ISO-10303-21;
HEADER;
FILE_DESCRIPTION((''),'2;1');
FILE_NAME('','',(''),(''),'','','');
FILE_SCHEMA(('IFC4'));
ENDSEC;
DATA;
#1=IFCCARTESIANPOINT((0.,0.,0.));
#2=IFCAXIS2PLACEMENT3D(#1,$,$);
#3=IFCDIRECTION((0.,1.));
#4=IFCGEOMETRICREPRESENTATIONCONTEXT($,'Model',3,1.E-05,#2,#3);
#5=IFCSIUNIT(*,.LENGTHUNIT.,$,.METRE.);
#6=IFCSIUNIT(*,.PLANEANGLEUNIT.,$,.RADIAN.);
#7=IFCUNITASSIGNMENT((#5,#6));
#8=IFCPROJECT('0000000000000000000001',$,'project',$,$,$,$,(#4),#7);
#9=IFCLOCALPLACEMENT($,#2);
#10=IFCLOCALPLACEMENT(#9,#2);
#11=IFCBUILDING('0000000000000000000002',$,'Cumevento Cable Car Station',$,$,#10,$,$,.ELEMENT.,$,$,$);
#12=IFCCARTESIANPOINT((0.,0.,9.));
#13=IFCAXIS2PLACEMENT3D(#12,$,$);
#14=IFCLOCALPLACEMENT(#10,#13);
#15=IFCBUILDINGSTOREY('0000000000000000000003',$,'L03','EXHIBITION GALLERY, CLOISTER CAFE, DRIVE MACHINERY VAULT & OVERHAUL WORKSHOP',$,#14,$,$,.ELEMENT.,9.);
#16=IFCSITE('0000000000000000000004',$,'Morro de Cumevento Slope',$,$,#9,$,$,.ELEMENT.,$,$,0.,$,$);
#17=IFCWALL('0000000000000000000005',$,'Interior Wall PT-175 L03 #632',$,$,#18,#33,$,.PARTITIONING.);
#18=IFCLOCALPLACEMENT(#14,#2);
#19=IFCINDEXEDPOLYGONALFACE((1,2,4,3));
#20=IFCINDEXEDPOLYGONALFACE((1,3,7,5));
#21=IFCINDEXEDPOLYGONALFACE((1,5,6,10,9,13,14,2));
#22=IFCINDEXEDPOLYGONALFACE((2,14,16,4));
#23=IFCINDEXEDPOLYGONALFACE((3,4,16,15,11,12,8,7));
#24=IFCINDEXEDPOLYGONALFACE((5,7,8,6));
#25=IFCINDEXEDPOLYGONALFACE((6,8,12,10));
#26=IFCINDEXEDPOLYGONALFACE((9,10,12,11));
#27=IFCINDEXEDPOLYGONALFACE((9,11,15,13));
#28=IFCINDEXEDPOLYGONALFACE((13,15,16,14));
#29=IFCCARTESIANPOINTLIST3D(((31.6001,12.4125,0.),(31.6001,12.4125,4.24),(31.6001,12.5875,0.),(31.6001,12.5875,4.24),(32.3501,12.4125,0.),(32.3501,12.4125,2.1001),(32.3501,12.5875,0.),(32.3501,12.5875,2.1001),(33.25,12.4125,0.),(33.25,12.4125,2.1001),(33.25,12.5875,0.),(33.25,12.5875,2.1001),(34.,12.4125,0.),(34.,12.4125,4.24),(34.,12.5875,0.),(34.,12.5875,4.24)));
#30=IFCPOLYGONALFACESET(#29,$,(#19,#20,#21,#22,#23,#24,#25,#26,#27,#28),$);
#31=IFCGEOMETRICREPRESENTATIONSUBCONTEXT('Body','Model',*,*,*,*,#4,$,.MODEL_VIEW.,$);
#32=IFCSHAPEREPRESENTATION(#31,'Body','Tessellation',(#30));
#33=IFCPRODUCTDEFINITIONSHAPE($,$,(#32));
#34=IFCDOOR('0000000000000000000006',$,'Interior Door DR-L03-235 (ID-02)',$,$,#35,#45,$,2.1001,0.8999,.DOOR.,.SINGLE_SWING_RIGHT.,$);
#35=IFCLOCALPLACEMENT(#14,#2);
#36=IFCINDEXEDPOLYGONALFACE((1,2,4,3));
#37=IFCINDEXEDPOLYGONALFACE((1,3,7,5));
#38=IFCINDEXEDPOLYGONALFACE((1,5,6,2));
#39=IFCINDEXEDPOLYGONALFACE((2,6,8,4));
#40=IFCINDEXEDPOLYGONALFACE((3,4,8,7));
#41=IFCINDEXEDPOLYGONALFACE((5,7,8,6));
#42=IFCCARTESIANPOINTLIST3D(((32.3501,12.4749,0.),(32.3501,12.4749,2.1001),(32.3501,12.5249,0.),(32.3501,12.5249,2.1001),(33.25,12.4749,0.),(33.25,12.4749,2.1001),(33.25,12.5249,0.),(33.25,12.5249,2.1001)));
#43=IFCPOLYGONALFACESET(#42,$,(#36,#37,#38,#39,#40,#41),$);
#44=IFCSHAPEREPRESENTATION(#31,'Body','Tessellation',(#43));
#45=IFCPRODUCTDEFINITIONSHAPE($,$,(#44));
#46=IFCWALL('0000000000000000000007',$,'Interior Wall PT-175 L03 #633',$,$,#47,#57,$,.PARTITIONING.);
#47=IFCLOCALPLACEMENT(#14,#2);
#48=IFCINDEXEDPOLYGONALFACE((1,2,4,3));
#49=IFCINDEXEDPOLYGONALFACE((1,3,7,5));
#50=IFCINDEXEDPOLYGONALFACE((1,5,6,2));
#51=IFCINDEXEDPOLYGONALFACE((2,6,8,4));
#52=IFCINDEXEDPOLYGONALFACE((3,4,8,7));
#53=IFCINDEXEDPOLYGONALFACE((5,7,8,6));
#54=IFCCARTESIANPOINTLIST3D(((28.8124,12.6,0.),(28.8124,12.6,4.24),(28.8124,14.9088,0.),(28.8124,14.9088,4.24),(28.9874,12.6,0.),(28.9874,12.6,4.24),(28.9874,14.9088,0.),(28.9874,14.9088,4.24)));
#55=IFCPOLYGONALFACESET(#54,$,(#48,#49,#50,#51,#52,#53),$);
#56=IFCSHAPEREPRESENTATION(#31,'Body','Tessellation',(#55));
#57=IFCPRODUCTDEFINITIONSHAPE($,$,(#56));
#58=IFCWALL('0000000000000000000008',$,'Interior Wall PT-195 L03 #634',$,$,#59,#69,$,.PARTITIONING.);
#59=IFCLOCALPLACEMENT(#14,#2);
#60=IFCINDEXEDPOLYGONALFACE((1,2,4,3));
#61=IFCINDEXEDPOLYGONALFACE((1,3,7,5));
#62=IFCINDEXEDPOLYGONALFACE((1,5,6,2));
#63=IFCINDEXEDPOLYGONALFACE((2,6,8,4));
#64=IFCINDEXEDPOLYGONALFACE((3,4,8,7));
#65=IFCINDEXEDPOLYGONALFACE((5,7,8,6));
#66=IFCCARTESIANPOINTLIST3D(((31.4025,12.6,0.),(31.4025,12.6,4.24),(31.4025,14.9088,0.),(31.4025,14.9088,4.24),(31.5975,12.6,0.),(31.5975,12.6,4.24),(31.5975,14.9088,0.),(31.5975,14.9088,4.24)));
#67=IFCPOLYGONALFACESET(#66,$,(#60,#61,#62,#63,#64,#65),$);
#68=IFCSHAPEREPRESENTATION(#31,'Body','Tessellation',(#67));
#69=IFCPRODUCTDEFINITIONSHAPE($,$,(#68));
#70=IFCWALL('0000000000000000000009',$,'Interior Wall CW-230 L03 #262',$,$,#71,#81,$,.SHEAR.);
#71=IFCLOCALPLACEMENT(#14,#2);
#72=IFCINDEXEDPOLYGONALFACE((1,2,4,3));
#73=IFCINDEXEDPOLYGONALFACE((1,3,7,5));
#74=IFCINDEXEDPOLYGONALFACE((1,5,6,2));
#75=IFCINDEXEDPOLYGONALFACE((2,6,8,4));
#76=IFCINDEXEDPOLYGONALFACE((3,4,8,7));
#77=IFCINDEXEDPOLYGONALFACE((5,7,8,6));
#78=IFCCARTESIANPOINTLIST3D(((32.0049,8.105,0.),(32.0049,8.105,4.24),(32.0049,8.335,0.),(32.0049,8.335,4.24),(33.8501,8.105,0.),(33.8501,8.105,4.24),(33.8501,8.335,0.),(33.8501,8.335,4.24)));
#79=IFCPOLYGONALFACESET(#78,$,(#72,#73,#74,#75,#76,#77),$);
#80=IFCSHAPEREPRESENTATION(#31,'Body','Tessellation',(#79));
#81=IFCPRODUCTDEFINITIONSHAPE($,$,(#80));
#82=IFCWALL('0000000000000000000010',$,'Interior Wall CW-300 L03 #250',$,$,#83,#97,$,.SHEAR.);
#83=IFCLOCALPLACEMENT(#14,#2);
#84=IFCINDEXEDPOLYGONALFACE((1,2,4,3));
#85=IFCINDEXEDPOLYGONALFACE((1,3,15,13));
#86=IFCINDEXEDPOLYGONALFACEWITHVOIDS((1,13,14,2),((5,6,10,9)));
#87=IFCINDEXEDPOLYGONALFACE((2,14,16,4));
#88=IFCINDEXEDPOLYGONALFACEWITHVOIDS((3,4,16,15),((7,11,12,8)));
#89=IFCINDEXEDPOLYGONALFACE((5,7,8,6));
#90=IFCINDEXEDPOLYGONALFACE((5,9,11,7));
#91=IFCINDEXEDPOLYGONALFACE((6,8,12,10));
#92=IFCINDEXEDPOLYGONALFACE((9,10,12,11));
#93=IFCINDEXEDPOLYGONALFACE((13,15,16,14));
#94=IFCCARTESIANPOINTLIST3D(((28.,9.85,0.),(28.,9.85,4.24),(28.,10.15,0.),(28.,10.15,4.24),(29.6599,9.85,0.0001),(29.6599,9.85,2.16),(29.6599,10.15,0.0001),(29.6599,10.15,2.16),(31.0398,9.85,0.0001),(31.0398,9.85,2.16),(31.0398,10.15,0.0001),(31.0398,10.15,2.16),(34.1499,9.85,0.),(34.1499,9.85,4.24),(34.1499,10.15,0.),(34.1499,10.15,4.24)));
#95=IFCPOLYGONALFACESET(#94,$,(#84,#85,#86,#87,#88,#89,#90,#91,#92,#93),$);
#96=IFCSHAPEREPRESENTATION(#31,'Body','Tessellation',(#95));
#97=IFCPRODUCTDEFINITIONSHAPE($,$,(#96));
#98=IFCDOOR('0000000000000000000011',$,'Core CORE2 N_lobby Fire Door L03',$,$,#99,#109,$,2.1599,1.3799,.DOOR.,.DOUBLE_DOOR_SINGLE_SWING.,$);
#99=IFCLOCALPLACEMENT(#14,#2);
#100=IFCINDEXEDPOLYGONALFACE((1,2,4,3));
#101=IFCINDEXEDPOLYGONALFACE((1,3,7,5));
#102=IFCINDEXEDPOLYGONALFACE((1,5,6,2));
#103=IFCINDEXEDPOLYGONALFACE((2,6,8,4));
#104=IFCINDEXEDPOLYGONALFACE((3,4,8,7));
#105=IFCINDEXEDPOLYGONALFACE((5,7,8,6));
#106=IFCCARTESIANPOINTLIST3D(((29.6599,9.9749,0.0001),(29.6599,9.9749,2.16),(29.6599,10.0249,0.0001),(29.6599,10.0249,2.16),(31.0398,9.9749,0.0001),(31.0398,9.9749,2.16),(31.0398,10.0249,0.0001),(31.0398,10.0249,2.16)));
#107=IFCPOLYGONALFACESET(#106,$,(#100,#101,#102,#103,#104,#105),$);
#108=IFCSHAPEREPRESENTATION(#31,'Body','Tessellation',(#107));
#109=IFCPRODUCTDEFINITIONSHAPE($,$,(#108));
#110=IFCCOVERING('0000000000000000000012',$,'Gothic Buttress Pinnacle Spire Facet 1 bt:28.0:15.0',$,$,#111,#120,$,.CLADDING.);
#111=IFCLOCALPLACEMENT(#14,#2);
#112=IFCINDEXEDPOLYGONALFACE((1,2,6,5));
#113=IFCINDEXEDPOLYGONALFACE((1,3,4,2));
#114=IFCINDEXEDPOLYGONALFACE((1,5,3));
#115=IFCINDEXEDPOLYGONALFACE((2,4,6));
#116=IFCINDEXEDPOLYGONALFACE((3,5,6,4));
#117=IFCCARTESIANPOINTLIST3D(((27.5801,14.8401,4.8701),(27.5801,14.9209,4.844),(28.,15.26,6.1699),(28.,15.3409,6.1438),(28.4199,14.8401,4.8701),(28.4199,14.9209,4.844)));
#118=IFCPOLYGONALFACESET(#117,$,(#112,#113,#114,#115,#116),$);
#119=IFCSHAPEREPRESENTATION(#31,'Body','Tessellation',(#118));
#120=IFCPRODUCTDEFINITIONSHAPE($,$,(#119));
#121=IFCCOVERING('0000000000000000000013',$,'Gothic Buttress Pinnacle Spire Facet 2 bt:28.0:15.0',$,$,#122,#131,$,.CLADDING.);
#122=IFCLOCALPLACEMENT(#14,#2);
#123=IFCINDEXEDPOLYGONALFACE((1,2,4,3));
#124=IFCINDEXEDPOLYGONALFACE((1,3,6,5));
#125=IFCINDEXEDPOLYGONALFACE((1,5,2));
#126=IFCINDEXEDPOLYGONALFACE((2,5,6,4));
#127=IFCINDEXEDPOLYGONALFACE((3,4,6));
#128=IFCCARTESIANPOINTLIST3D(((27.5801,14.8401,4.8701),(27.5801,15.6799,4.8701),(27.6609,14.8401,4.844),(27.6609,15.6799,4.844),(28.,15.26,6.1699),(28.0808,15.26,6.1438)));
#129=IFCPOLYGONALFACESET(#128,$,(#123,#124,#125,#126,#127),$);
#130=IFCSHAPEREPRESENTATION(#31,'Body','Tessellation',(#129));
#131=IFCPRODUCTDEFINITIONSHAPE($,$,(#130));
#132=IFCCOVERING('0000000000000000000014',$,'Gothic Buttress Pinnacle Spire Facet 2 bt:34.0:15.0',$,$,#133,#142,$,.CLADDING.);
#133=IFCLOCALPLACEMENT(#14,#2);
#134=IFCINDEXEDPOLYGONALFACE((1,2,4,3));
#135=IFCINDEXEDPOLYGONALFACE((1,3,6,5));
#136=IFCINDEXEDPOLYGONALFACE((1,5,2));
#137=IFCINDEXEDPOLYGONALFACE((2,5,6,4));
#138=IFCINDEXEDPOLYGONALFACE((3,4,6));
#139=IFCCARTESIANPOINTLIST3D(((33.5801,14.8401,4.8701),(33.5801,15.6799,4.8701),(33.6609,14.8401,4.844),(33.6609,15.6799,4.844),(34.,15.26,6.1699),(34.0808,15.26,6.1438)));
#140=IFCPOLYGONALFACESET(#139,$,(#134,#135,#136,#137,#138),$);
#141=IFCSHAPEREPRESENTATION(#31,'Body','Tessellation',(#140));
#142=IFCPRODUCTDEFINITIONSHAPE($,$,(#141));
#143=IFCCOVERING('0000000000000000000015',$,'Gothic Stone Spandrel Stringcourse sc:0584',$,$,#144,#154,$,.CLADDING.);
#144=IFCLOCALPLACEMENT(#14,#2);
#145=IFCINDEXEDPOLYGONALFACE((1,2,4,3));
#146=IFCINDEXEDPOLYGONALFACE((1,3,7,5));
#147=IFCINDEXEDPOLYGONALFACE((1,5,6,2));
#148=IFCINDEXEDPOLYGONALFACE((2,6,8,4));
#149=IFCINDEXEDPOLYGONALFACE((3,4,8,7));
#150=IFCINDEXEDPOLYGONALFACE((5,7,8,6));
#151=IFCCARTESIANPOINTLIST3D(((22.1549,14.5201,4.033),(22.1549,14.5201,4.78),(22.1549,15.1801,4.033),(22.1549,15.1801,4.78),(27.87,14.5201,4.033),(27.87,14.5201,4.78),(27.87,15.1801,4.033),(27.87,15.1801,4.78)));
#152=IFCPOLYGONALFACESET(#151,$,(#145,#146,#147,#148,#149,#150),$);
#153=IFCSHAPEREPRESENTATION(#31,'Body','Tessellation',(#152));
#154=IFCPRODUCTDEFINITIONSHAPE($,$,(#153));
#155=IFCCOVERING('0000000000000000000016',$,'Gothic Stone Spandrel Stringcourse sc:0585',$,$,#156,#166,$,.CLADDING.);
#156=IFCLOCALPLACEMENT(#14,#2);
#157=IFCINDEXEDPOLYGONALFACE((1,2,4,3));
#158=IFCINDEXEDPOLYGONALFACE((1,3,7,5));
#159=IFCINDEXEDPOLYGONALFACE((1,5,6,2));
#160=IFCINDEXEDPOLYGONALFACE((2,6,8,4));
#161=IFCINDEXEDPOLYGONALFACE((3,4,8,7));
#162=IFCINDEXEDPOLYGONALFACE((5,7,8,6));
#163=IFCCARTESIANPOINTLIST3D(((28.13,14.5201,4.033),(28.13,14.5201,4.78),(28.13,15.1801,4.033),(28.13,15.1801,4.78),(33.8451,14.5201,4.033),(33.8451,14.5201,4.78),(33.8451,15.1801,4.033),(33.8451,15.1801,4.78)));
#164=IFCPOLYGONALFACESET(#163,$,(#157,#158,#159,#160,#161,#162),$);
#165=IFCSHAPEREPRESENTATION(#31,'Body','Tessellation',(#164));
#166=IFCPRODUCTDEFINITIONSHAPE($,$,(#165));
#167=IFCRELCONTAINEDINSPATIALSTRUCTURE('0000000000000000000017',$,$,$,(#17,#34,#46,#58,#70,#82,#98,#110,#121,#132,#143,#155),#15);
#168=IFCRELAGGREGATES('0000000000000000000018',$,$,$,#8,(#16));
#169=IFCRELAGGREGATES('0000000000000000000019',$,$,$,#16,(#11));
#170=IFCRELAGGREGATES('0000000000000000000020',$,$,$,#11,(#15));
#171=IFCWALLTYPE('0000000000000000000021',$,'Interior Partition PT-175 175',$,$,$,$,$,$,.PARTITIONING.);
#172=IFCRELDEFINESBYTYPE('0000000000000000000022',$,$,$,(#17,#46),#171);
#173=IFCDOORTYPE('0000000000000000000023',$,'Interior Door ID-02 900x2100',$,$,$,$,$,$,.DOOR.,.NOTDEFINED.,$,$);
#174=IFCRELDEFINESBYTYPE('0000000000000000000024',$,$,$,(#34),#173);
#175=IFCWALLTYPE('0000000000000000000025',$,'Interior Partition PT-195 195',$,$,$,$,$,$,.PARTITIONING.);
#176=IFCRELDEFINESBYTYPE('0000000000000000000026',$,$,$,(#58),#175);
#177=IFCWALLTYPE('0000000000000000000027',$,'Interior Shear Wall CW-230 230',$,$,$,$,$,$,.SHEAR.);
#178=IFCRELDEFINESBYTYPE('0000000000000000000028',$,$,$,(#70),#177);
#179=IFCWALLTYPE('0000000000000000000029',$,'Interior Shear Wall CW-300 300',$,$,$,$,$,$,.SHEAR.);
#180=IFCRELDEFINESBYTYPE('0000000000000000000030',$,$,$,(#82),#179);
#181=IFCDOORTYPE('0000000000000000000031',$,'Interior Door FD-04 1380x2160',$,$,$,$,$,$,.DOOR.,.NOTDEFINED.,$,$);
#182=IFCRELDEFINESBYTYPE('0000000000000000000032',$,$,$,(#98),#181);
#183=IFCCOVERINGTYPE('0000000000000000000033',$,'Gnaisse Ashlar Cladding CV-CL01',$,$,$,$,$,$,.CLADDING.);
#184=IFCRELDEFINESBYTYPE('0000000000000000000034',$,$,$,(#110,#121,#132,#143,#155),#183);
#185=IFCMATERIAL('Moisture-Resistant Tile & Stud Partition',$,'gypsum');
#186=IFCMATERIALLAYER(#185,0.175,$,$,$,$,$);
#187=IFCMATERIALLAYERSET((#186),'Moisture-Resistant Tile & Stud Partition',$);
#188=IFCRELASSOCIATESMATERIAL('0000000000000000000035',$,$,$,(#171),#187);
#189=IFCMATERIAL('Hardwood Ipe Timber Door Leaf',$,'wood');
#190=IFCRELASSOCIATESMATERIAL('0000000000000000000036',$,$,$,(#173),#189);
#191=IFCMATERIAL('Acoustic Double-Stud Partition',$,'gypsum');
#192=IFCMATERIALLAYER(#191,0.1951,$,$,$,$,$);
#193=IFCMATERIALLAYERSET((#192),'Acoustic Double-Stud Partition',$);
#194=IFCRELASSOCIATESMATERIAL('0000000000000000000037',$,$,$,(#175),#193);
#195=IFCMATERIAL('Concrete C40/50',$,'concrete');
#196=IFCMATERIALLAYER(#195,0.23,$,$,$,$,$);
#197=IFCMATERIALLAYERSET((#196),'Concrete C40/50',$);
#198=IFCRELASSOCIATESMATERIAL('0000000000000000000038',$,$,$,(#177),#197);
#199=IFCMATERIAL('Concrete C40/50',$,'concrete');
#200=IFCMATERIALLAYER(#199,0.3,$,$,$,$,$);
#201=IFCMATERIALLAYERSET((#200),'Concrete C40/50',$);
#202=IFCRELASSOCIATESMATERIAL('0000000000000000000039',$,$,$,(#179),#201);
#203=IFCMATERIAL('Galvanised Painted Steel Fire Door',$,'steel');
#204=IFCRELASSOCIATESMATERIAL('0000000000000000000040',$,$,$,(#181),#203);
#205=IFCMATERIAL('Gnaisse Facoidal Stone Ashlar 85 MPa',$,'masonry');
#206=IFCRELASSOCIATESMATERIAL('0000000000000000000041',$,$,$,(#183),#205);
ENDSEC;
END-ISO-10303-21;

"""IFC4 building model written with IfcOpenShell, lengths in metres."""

from ifc_helpers import new_model, si_unit, direction, frame, frame_2d, origin, origin_2d, place, context, subcontext, project, spatial, polyline, rectangle, outline, extrude, material, layer, layer_set, type_object, element, fill, save


model = new_model("IFC4")

# Units and contexts
model_context = context("Model", 3, precision=1e-05, world=origin(), true_north=direction((0.0, 1.0)))
body_context = subcontext(model_context, "Body", "Model", "MODEL_VIEW")
ifc_project = project(units=[si_unit("LENGTHUNIT", "METRE"), si_unit("PLANEANGLEUNIT", "RADIAN")], contexts=[model_context])

# Site, building, storey
site_placement = place(None, origin())
site = spatial("IfcSite", under=ifc_project, at=site_placement, Name="Morro de Cumevento Slope", CompositionType="ELEMENT", RefElevation=0.0)
building_placement = place(site_placement, origin())
building = spatial("IfcBuilding", under=site, at=building_placement, Name="Cumevento Cable Car Station", CompositionType="ELEMENT")
storey_placement = place(building_placement, frame((0.0, 0.0, 9.0)))
storey = spatial("IfcBuildingStorey", under=building, at=storey_placement, Name="L03", Description="EXHIBITION GALLERY, CLOISTER CAFE, DRIVE MACHINERY VAULT & OVERHAUL WORKSHOP", CompositionType="ELEMENT", Elevation=9.0)

# Wall, opening, door
ifc_material_1 = material(Name="Moisture-Resistant Tile & Stud Partition", Category="gypsum")
ifc_layer_1 = layer(ifc_material_1, 0.175)
ifc_layer_set_1 = layer_set([ifc_layer_1], Name="Moisture-Resistant Tile & Stud Partition")
wall_type_1 = type_object("IfcWallType", Name="Interior Partition PT-175 175", PredefinedType="PARTITIONING", material=ifc_layer_set_1)
wall_1_placement = place(storey_placement, frame((31.6001, 12.5, 0.0), z_axis=(0.0, 0.0, 1.0), x_axis=(1.0, 0.0, 0.0)))
wall_1 = element("IfcWall", 1, at=wall_1_placement, inside=storey, type_object=wall_type_1, Name="Interior Wall PT-175 L03 #632", PredefinedType="PARTITIONING", context=body_context, shape_type="SweptSolid", body=[
    extrude(rectangle(XDim=2.3999, YDim=0.175, at=frame_2d((1.2, 0.0))), origin(), (0.0, 0.0, 1.0), 4.24),
])
opening_1_placement = place(wall_1_placement, frame((0.75, 0.0, 0.0)))
opening_1 = element("IfcOpeningElement", 2, at=opening_1_placement, cuts=wall_1, PredefinedType="OPENING", context=body_context, shape_type="SweptSolid", body=[
    extrude(rectangle(XDim=0.8999, YDim=2.1001, at=frame_2d((0.45, 1.05))), frame((0.0, 0.0974, 0.0), z_axis=(0.0, -1.0, 0.0), x_axis=(1.0, 0.0, 0.0)), (0.0, 0.0, 1.0), 0.1951),
])
ifc_material_2 = material(Name="Hardwood Ipe Timber Door Leaf", Category="wood")
door_type_1 = type_object("IfcDoorType", Name="Interior Door ID-02 900x2100", OperationType="NOTDEFINED", PredefinedType="DOOR", material=ifc_material_2)
door_1_placement = place(opening_1_placement, origin())
door_1 = element("IfcDoor", 3, at=door_1_placement, inside=storey, type_object=door_type_1, Name="Interior Door DR-L03-235 (ID-02)", OperationType="SINGLE_SWING_RIGHT", OverallHeight=2.1001, OverallWidth=0.8999, PredefinedType="DOOR", context=body_context, shape_type="SweptSolid", body=[
    extrude(rectangle(XDim=0.8999, YDim=2.1001, at=frame_2d((0.45, 1.05))), frame((0.0, 0.0249, 0.0), z_axis=(0.0, -1.0, 0.0), x_axis=(1.0, 0.0, 0.0)), (0.0, 0.0, 1.0), 0.05),
])
fill(opening_1, door_1)

# Walls
wall_2_placement = place(storey_placement, frame((28.8999, 12.6001, 0.0), z_axis=(0.0, 0.0, 1.0), x_axis=(0.0, 1.0, 0.0)))
element("IfcWall", 4, at=wall_2_placement, inside=storey, type_object=wall_type_1, Name="Interior Wall PT-175 L03 #633", PredefinedType="PARTITIONING", context=body_context, shape_type="SweptSolid", body=[
    extrude(rectangle(XDim=2.3088, YDim=0.175, at=frame_2d((1.1543, 0.0))), origin(), (0.0, 0.0, 1.0), 4.24),
])
ifc_material_3 = material(Name="Acoustic Double-Stud Partition", Category="gypsum")
ifc_layer_2 = layer(ifc_material_3, 0.1951)
ifc_layer_set_2 = layer_set([ifc_layer_2], Name="Acoustic Double-Stud Partition")
wall_type_2 = type_object("IfcWallType", Name="Interior Partition PT-195 195", PredefinedType="PARTITIONING", material=ifc_layer_set_2)
wall_3_placement = place(storey_placement, frame((31.5, 12.6001, 0.0), z_axis=(0.0, 0.0, 1.0), x_axis=(0.0, 1.0, 0.0)))
element("IfcWall", 5, at=wall_3_placement, inside=storey, type_object=wall_type_2, Name="Interior Wall PT-195 L03 #634", PredefinedType="PARTITIONING", context=body_context, shape_type="SweptSolid", body=[
    extrude(rectangle(XDim=2.3088, YDim=0.1951, at=frame_2d((1.1543, 0.0))), origin(), (0.0, 0.0, 1.0), 4.24),
])
ifc_material_4 = material(Name="Concrete C40/50", Category="concrete")
ifc_layer_3 = layer(ifc_material_4, 0.23)
ifc_layer_set_3 = layer_set([ifc_layer_3], Name="Concrete C40/50")
wall_type_3 = type_object("IfcWallType", Name="Interior Shear Wall CW-230 230", PredefinedType="SHEAR", material=ifc_layer_set_3)
wall_4_placement = place(storey_placement, frame((32.0049, 8.22, 0.0), z_axis=(0.0, 0.0, 1.0), x_axis=(1.0, 0.0, 0.0)))
element("IfcWall", 6, at=wall_4_placement, inside=storey, type_object=wall_type_3, Name="Interior Wall CW-230 L03 #262", PredefinedType="SHEAR", context=body_context, shape_type="SweptSolid", body=[
    extrude(rectangle(XDim=1.8452, YDim=0.23, at=frame_2d((0.9226, 0.0))), origin(), (0.0, 0.0, 1.0), 4.24),
])

# Wall, opening, door
ifc_material_5 = material(Name="Concrete C40/50", Category="concrete")
ifc_layer_4 = layer(ifc_material_5, 0.3)
ifc_layer_set_4 = layer_set([ifc_layer_4], Name="Concrete C40/50")
wall_type_4 = type_object("IfcWallType", Name="Interior Shear Wall CW-300 300", PredefinedType="SHEAR", material=ifc_layer_set_4)
wall_5_placement = place(storey_placement, frame((28.0, 10.0, 0.0), z_axis=(0.0, 0.0, 1.0), x_axis=(1.0, 0.0, 0.0)))
wall_5 = element("IfcWall", 7, at=wall_5_placement, inside=storey, type_object=wall_type_4, Name="Interior Wall CW-300 L03 #250", PredefinedType="SHEAR", context=body_context, shape_type="SweptSolid", body=[
    extrude(rectangle(XDim=6.1499, YDim=0.3, at=frame_2d((3.075, 0.0))), origin(), (0.0, 0.0, 1.0), 4.24),
])
opening_2_placement = place(wall_5_placement, frame((1.6599, 0.0, 0.0)))
opening_2 = element("IfcOpeningElement", 8, at=opening_2_placement, cuts=wall_5, PredefinedType="OPENING", context=body_context, shape_type="SweptSolid", body=[
    extrude(rectangle(XDim=1.3799, YDim=2.1599, at=frame_2d((0.6899, 1.0801))), frame((0.0, 0.1599, 0.0), z_axis=(0.0, -1.0, 0.0), x_axis=(1.0, 0.0, 0.0)), (0.0, 0.0, 1.0), 0.3201),
])
ifc_material_6 = material(Name="Galvanised Painted Steel Fire Door", Category="steel")
door_type_2 = type_object("IfcDoorType", Name="Interior Door FD-04 1380x2160", OperationType="NOTDEFINED", PredefinedType="DOOR", material=ifc_material_6)
door_2_placement = place(opening_2_placement, origin())
door_2 = element("IfcDoor", 9, at=door_2_placement, inside=storey, type_object=door_type_2, Name="Core CORE2 N_lobby Fire Door L03", OperationType="DOUBLE_DOOR_SINGLE_SWING", OverallHeight=2.1599, OverallWidth=1.3799, PredefinedType="DOOR", context=body_context, shape_type="SweptSolid", body=[
    extrude(rectangle(XDim=1.3799, YDim=2.1599, at=frame_2d((0.6899, 1.0801))), frame((0.0, 0.0249, 0.0), z_axis=(0.0, -1.0, 0.0), x_axis=(1.0, 0.0, 0.0)), (0.0, 0.0, 1.0), 0.05),
])
fill(opening_2, door_2)

# Coverings
ifc_material_7 = material(Name="Gnaisse Facoidal Stone Ashlar 85 MPa", Category="masonry")
covering_type = type_object("IfcCoveringType", Name="Gnaisse Ashlar Cladding CV-CL01", PredefinedType="CLADDING", material=ifc_material_7)
for number, where, z_axis, x_axis, name in (
    (10, (28.4199, 14.8401, 4.8701), (0.0, -0.951574, 0.307421), (-1.0, 0.0, 0.0), "Gothic Buttress Pinnacle Spire Facet 1 bt:28.0:15.0"),
    (11, (27.5801, 14.8401, 4.8701), (-0.951574, 0.0, 0.307421), (0.0, 1.0, 0.0), "Gothic Buttress Pinnacle Spire Facet 2 bt:28.0:15.0"),
    (12, (33.5801, 14.8401, 4.8701), (-0.951574, 0.0, 0.307421), (0.0, 1.0, 0.0), "Gothic Buttress Pinnacle Spire Facet 2 bt:34.0:15.0"),
):
    element("IfcCovering", number, at=place(storey_placement, frame(where, z_axis=z_axis, x_axis=x_axis)), inside=storey, type_object=covering_type, Name=name, PredefinedType="CLADDING", context=body_context, shape_type="SweptSolid", body=[
        extrude(outline(polyline([(0.0, 0.0), (0.8398, 0.0), (0.4199, -1.366), (0.0, 0.0)])), origin(), (0.0, 0.0, -1.0), 0.085),
    ])
for number, where, z_axis, x_axis, name in (
    (13, (25.0125, 14.8501, 4.033), (0.0, 0.0, 1.0), (1.0, 0.0, 0.0), "Gothic Stone Spandrel Stringcourse sc:0584"),
    (14, (30.9875, 14.8501, 4.033), (0.0, 0.0, 1.0), (1.0, 0.0, 0.0), "Gothic Stone Spandrel Stringcourse sc:0585"),
):
    element("IfcCovering", number, at=place(storey_placement, frame(where, z_axis=z_axis, x_axis=x_axis)), inside=storey, type_object=covering_type, Name=name, PredefinedType="CLADDING", context=body_context, shape_type="SweptSolid", body=[
        extrude(rectangle(XDim=5.7151, YDim=0.6599, at=origin_2d()), origin(), (0.0, 0.0, 1.0), 0.7471),
    ])

save(model, "model.ifc")
